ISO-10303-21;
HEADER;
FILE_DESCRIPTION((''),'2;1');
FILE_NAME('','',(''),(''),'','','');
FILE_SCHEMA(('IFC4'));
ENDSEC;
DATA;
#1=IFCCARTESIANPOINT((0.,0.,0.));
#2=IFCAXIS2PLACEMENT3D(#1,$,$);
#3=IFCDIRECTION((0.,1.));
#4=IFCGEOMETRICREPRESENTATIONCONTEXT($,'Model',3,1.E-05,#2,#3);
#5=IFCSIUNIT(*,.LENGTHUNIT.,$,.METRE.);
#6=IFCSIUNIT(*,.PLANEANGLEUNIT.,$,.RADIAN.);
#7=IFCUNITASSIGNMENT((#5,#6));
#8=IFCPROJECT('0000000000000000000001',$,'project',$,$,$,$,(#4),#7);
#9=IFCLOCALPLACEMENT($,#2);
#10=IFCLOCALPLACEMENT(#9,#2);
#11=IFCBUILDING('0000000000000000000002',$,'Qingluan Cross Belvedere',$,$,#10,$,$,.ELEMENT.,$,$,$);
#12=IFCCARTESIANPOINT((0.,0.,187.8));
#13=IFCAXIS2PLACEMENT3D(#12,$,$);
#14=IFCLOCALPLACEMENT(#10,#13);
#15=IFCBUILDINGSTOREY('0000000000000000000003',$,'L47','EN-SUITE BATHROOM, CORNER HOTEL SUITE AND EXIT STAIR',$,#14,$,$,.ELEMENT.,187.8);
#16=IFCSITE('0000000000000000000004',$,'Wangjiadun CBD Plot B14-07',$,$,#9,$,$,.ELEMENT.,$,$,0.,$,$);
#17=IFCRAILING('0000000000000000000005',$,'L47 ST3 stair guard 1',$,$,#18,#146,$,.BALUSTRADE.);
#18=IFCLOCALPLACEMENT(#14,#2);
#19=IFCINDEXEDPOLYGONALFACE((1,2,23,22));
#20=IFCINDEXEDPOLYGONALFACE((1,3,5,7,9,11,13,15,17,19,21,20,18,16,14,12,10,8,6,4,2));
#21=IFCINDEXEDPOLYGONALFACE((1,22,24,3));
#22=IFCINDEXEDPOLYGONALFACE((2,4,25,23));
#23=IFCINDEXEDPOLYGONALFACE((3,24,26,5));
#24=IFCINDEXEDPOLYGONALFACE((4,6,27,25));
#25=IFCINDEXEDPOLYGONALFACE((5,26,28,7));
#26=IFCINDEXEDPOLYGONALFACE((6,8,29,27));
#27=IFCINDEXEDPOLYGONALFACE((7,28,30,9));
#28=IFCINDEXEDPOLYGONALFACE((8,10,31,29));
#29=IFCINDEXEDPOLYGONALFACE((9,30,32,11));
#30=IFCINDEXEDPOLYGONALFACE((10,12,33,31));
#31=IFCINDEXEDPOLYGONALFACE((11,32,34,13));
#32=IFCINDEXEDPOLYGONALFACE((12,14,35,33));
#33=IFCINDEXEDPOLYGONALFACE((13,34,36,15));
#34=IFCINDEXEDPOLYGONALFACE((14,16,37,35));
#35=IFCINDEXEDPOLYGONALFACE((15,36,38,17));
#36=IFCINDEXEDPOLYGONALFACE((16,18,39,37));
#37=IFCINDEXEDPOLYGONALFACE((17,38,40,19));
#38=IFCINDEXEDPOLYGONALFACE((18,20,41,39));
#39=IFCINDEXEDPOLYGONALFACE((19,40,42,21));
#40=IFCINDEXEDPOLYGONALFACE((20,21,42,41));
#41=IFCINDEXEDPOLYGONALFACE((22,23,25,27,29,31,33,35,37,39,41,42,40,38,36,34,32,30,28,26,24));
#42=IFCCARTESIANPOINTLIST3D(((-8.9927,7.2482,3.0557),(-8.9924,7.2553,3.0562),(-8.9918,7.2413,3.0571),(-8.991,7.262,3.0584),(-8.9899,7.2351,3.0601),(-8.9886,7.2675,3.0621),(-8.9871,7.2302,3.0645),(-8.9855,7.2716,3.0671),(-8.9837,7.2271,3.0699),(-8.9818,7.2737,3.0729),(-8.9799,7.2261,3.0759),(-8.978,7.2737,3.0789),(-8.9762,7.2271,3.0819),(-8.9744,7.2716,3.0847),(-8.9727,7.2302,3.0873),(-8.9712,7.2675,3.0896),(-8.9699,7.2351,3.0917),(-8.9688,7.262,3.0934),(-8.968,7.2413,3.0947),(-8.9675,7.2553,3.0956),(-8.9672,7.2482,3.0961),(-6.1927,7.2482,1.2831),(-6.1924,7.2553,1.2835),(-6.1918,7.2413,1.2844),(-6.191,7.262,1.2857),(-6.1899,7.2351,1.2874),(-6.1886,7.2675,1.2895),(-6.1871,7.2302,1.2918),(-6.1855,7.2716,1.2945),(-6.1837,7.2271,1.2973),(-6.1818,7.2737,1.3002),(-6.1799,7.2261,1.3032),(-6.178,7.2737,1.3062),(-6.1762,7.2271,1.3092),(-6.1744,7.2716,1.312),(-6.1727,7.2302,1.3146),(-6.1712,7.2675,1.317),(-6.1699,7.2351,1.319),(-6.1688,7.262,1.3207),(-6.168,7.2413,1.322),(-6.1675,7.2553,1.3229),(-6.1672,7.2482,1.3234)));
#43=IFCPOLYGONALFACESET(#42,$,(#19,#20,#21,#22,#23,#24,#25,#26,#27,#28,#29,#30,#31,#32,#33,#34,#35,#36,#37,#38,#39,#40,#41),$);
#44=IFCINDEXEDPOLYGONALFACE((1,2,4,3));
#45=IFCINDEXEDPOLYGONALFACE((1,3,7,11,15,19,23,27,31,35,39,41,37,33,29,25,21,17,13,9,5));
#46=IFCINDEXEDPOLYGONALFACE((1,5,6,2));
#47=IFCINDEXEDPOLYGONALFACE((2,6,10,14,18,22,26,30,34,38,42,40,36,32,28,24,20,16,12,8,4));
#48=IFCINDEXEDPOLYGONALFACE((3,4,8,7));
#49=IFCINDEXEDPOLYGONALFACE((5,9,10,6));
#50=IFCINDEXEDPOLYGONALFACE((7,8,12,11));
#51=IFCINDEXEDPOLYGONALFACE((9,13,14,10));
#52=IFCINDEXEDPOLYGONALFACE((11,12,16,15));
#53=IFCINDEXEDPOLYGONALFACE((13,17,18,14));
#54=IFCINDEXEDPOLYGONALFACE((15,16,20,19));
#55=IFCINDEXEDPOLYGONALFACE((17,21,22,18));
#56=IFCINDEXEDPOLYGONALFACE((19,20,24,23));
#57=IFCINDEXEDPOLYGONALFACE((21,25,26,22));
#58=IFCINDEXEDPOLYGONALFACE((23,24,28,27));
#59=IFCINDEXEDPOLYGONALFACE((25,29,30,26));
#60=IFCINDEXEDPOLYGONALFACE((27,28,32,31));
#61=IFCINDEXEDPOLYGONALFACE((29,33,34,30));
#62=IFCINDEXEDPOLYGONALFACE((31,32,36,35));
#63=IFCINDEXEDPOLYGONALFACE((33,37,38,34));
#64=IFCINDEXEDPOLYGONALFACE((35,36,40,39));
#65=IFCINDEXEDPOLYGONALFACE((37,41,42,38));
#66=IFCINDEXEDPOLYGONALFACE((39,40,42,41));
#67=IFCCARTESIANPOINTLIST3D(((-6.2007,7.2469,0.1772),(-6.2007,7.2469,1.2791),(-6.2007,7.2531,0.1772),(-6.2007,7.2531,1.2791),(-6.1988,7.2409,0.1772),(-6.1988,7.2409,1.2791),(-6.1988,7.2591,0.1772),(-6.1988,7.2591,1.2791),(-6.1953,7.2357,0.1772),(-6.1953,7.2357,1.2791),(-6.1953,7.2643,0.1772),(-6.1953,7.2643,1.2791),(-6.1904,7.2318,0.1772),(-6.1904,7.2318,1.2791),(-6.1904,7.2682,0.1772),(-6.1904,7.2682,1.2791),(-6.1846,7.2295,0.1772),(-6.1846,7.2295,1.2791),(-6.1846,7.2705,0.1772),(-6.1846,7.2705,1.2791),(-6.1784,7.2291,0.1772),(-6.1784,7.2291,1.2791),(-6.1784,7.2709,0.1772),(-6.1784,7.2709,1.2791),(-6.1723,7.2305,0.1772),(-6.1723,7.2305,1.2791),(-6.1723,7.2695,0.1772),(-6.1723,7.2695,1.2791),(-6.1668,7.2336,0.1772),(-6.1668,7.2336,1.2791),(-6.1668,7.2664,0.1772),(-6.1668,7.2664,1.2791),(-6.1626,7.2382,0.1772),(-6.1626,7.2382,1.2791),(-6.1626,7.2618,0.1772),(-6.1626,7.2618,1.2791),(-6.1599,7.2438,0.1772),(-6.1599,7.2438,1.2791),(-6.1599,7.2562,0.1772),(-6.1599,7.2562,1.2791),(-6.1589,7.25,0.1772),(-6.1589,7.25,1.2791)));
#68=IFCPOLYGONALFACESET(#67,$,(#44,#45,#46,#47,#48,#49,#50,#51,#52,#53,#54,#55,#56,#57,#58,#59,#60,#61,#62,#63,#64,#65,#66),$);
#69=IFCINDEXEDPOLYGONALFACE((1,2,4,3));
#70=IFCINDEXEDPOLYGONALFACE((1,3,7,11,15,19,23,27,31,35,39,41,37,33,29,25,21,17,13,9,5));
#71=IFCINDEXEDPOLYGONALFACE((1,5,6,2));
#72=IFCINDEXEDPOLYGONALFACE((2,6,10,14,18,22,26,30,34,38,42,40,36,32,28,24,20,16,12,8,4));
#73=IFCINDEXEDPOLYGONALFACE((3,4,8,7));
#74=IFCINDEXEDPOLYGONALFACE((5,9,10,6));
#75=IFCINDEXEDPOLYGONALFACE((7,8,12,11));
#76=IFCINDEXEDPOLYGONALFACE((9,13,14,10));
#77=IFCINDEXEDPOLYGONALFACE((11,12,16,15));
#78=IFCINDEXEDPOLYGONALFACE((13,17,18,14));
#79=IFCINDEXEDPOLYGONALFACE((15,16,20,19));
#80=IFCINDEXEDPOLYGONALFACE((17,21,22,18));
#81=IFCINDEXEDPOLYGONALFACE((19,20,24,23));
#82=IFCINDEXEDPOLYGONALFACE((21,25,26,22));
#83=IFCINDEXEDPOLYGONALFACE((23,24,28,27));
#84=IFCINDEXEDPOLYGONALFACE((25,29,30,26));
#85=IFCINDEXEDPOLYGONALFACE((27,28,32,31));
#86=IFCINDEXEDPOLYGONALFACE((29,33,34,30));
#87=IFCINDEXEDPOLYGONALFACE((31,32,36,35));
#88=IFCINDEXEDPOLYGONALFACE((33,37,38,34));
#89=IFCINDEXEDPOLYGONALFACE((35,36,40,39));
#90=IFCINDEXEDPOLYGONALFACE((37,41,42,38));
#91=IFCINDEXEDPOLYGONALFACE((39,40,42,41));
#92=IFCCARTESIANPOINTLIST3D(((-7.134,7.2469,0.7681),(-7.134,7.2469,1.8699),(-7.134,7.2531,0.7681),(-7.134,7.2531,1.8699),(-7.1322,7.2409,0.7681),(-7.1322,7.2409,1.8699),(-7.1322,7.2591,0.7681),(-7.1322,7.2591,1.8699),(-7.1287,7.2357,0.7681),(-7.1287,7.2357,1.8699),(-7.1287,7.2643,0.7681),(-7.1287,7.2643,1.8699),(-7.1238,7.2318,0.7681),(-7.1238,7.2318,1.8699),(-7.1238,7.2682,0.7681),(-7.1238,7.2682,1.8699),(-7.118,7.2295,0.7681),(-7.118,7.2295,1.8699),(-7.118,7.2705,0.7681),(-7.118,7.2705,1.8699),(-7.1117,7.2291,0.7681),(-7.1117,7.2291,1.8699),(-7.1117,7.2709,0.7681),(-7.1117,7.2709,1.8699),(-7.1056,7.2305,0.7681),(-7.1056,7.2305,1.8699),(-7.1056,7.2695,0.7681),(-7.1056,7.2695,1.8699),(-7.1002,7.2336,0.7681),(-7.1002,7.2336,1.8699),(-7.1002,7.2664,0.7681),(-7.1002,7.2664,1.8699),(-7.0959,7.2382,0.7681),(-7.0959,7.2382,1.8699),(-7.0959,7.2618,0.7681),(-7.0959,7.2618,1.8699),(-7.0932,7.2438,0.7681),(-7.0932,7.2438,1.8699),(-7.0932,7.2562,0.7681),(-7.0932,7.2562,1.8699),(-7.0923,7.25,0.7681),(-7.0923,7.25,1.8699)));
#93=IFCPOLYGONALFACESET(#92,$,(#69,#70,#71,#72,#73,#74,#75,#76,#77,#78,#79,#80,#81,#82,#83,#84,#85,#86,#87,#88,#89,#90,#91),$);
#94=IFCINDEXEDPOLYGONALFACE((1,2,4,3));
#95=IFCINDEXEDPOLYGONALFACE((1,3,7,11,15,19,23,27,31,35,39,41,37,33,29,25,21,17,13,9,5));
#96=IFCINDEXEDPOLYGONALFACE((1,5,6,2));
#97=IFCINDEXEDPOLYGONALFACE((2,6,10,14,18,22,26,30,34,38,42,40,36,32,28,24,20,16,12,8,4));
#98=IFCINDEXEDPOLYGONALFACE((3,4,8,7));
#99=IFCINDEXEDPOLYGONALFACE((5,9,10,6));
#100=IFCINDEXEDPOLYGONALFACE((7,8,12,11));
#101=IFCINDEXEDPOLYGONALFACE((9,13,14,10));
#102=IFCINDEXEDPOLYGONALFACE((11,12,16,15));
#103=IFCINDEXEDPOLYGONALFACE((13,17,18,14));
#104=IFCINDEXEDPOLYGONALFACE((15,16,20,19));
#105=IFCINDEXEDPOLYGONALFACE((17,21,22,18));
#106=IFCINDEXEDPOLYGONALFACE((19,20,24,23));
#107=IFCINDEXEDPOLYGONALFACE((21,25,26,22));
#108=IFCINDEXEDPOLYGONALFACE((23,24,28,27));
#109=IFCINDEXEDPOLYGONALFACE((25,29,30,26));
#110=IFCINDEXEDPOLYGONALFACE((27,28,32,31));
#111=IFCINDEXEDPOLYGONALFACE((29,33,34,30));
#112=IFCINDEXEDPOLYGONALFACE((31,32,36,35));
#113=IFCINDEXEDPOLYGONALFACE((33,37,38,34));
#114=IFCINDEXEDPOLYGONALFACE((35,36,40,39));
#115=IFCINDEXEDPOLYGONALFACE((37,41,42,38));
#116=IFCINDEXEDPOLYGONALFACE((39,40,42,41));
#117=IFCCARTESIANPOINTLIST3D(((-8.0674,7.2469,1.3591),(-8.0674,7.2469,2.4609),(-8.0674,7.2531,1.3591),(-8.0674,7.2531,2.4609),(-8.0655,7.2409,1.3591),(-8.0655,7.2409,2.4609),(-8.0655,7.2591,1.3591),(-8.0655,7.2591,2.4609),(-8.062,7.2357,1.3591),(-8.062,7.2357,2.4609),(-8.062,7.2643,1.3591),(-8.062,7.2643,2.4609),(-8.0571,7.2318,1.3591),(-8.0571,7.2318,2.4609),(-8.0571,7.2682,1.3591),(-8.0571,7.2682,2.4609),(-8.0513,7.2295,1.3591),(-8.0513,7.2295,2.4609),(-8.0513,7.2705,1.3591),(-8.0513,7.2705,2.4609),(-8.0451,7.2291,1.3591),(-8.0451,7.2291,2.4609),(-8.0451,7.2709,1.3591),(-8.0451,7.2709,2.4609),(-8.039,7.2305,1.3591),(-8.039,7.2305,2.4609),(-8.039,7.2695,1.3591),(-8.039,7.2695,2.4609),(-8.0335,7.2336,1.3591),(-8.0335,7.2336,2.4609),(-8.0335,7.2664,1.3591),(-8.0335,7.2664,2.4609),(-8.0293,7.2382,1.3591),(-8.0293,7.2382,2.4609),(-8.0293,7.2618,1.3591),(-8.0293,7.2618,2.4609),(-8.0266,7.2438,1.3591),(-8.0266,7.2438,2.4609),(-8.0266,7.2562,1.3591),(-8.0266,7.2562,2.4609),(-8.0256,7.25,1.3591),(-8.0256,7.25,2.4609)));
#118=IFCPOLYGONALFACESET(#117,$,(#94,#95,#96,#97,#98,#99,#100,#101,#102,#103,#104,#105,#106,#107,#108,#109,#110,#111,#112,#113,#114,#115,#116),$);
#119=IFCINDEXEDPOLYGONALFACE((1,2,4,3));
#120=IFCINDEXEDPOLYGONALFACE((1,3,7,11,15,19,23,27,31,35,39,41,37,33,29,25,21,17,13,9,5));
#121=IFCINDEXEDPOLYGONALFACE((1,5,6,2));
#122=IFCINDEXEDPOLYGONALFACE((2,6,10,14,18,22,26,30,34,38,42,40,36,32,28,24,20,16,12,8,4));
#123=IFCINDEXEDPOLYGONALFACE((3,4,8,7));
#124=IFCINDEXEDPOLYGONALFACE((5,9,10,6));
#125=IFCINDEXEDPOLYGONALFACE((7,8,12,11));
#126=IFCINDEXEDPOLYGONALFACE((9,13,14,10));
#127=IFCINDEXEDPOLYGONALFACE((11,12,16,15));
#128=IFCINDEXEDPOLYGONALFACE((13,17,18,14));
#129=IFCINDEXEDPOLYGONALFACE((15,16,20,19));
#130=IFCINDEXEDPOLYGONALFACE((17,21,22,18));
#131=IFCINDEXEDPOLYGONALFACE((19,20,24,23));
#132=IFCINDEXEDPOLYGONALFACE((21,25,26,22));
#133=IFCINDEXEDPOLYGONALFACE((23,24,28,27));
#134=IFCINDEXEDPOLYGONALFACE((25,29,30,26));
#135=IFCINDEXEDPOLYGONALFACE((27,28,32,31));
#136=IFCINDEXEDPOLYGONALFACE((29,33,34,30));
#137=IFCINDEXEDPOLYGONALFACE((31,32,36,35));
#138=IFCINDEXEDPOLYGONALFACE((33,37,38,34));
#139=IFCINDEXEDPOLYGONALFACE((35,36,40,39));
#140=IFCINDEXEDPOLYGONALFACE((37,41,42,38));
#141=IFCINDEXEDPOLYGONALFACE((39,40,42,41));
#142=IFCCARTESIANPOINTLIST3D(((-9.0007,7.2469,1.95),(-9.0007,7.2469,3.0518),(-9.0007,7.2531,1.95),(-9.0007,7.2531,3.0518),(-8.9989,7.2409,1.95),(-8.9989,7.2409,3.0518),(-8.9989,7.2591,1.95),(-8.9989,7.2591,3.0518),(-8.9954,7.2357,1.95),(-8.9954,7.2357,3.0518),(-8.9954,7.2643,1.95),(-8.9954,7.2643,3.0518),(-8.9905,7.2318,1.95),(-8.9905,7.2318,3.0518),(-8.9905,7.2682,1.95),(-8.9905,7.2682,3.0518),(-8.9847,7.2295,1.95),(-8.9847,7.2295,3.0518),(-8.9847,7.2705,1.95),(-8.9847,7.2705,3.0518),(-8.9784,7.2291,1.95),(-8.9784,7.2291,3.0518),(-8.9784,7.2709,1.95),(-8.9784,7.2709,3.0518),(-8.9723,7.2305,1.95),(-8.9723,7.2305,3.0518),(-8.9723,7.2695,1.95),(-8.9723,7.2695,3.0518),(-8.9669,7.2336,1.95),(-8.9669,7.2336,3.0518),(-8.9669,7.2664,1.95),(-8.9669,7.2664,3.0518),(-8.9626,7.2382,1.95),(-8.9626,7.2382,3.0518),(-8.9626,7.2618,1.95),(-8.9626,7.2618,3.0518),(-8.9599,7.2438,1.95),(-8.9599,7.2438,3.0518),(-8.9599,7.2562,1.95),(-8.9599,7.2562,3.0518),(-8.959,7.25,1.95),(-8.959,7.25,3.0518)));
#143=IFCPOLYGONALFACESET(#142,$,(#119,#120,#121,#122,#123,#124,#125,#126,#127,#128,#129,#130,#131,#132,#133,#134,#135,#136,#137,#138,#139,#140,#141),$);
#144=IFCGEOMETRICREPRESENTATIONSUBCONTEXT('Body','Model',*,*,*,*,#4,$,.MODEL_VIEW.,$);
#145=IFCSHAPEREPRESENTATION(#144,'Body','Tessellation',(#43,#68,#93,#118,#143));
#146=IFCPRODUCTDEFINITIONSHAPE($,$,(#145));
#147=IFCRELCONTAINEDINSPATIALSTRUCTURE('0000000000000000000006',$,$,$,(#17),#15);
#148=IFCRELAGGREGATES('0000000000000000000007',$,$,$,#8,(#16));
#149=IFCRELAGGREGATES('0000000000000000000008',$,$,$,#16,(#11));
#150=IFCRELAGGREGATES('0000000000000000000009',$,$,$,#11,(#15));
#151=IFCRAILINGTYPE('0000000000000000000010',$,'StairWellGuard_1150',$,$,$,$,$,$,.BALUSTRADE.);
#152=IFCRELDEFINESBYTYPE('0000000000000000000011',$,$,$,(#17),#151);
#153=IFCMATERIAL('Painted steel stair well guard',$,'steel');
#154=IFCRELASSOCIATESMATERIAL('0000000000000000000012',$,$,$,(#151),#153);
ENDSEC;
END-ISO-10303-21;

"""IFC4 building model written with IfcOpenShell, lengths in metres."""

from ifc_helpers import new_model, si_unit, direction, frame, origin, origin_2d, place, context, subcontext, project, spatial, circle, extrude, material, type_object, element, save


model = new_model("IFC4")

# Units and contexts
model_context = context("Model", 3, precision=1e-05, world=origin(), true_north=direction((0.0, 1.0)))
body_context = subcontext(model_context, "Body", "Model", "MODEL_VIEW")
ifc_project = project(units=[si_unit("LENGTHUNIT", "METRE"), si_unit("PLANEANGLEUNIT", "RADIAN")], contexts=[model_context])

# Site, building, storey
site_placement = place(None, origin())
site = spatial("IfcSite", under=ifc_project, at=site_placement, Name="Wangjiadun CBD Plot B14-07", CompositionType="ELEMENT", RefElevation=0.0)
building_placement = place(site_placement, origin())
building = spatial("IfcBuilding", under=site, at=building_placement, Name="Qingluan Cross Belvedere", CompositionType="ELEMENT")
storey_placement = place(building_placement, frame((0.0, 0.0, 187.8)))
storey = spatial("IfcBuildingStorey", under=building, at=storey_placement, Name="L47", Description="EN-SUITE BATHROOM, CORNER HOTEL SUITE AND EXIT STAIR", CompositionType="ELEMENT", Elevation=187.8)

# Railing
ifc_material_1 = material(Name="Painted steel stair well guard", Category="steel")
railing_type_1 = type_object("IfcRailingType", Name="StairWellGuard_1150", PredefinedType="BALUSTRADE", material=ifc_material_1)
railing_1_placement = place(storey_placement, frame((-6.1799, 7.25, 0.1772)))
element("IfcRailing", 1, at=railing_1_placement, inside=storey, type_object=railing_type_1, Name="L47 ST3 stair guard 1", PredefinedType="BALUSTRADE", context=body_context, shape_type="SweptSolid", body=[
    extrude(circle(Radius=0.0239, at=origin_2d()), frame((0.0, 0.0, 1.126), z_axis=(-0.844909, 0.0, 0.53491), x_axis=(0.0, -1.0, 0.0)), (0.0, 0.0, 1.0), 3.314),
    extrude(circle(Radius=0.021, at=origin_2d()), origin(), (0.0, 0.0, 1.0), 1.1018),
    extrude(circle(Radius=0.021, at=origin_2d()), frame((-0.9333, 0.0, 0.5908)), (0.0, 0.0, 1.0), 1.1018),
    extrude(circle(Radius=0.021, at=origin_2d()), frame((-1.8667, 0.0, 1.1819)), (0.0, 0.0, 1.0), 1.1018),
    extrude(circle(Radius=0.021, at=origin_2d()), frame((-2.8, 0.0, 1.7727)), (0.0, 0.0, 1.0), 1.1018),
])

save(model, "model.ifc")
